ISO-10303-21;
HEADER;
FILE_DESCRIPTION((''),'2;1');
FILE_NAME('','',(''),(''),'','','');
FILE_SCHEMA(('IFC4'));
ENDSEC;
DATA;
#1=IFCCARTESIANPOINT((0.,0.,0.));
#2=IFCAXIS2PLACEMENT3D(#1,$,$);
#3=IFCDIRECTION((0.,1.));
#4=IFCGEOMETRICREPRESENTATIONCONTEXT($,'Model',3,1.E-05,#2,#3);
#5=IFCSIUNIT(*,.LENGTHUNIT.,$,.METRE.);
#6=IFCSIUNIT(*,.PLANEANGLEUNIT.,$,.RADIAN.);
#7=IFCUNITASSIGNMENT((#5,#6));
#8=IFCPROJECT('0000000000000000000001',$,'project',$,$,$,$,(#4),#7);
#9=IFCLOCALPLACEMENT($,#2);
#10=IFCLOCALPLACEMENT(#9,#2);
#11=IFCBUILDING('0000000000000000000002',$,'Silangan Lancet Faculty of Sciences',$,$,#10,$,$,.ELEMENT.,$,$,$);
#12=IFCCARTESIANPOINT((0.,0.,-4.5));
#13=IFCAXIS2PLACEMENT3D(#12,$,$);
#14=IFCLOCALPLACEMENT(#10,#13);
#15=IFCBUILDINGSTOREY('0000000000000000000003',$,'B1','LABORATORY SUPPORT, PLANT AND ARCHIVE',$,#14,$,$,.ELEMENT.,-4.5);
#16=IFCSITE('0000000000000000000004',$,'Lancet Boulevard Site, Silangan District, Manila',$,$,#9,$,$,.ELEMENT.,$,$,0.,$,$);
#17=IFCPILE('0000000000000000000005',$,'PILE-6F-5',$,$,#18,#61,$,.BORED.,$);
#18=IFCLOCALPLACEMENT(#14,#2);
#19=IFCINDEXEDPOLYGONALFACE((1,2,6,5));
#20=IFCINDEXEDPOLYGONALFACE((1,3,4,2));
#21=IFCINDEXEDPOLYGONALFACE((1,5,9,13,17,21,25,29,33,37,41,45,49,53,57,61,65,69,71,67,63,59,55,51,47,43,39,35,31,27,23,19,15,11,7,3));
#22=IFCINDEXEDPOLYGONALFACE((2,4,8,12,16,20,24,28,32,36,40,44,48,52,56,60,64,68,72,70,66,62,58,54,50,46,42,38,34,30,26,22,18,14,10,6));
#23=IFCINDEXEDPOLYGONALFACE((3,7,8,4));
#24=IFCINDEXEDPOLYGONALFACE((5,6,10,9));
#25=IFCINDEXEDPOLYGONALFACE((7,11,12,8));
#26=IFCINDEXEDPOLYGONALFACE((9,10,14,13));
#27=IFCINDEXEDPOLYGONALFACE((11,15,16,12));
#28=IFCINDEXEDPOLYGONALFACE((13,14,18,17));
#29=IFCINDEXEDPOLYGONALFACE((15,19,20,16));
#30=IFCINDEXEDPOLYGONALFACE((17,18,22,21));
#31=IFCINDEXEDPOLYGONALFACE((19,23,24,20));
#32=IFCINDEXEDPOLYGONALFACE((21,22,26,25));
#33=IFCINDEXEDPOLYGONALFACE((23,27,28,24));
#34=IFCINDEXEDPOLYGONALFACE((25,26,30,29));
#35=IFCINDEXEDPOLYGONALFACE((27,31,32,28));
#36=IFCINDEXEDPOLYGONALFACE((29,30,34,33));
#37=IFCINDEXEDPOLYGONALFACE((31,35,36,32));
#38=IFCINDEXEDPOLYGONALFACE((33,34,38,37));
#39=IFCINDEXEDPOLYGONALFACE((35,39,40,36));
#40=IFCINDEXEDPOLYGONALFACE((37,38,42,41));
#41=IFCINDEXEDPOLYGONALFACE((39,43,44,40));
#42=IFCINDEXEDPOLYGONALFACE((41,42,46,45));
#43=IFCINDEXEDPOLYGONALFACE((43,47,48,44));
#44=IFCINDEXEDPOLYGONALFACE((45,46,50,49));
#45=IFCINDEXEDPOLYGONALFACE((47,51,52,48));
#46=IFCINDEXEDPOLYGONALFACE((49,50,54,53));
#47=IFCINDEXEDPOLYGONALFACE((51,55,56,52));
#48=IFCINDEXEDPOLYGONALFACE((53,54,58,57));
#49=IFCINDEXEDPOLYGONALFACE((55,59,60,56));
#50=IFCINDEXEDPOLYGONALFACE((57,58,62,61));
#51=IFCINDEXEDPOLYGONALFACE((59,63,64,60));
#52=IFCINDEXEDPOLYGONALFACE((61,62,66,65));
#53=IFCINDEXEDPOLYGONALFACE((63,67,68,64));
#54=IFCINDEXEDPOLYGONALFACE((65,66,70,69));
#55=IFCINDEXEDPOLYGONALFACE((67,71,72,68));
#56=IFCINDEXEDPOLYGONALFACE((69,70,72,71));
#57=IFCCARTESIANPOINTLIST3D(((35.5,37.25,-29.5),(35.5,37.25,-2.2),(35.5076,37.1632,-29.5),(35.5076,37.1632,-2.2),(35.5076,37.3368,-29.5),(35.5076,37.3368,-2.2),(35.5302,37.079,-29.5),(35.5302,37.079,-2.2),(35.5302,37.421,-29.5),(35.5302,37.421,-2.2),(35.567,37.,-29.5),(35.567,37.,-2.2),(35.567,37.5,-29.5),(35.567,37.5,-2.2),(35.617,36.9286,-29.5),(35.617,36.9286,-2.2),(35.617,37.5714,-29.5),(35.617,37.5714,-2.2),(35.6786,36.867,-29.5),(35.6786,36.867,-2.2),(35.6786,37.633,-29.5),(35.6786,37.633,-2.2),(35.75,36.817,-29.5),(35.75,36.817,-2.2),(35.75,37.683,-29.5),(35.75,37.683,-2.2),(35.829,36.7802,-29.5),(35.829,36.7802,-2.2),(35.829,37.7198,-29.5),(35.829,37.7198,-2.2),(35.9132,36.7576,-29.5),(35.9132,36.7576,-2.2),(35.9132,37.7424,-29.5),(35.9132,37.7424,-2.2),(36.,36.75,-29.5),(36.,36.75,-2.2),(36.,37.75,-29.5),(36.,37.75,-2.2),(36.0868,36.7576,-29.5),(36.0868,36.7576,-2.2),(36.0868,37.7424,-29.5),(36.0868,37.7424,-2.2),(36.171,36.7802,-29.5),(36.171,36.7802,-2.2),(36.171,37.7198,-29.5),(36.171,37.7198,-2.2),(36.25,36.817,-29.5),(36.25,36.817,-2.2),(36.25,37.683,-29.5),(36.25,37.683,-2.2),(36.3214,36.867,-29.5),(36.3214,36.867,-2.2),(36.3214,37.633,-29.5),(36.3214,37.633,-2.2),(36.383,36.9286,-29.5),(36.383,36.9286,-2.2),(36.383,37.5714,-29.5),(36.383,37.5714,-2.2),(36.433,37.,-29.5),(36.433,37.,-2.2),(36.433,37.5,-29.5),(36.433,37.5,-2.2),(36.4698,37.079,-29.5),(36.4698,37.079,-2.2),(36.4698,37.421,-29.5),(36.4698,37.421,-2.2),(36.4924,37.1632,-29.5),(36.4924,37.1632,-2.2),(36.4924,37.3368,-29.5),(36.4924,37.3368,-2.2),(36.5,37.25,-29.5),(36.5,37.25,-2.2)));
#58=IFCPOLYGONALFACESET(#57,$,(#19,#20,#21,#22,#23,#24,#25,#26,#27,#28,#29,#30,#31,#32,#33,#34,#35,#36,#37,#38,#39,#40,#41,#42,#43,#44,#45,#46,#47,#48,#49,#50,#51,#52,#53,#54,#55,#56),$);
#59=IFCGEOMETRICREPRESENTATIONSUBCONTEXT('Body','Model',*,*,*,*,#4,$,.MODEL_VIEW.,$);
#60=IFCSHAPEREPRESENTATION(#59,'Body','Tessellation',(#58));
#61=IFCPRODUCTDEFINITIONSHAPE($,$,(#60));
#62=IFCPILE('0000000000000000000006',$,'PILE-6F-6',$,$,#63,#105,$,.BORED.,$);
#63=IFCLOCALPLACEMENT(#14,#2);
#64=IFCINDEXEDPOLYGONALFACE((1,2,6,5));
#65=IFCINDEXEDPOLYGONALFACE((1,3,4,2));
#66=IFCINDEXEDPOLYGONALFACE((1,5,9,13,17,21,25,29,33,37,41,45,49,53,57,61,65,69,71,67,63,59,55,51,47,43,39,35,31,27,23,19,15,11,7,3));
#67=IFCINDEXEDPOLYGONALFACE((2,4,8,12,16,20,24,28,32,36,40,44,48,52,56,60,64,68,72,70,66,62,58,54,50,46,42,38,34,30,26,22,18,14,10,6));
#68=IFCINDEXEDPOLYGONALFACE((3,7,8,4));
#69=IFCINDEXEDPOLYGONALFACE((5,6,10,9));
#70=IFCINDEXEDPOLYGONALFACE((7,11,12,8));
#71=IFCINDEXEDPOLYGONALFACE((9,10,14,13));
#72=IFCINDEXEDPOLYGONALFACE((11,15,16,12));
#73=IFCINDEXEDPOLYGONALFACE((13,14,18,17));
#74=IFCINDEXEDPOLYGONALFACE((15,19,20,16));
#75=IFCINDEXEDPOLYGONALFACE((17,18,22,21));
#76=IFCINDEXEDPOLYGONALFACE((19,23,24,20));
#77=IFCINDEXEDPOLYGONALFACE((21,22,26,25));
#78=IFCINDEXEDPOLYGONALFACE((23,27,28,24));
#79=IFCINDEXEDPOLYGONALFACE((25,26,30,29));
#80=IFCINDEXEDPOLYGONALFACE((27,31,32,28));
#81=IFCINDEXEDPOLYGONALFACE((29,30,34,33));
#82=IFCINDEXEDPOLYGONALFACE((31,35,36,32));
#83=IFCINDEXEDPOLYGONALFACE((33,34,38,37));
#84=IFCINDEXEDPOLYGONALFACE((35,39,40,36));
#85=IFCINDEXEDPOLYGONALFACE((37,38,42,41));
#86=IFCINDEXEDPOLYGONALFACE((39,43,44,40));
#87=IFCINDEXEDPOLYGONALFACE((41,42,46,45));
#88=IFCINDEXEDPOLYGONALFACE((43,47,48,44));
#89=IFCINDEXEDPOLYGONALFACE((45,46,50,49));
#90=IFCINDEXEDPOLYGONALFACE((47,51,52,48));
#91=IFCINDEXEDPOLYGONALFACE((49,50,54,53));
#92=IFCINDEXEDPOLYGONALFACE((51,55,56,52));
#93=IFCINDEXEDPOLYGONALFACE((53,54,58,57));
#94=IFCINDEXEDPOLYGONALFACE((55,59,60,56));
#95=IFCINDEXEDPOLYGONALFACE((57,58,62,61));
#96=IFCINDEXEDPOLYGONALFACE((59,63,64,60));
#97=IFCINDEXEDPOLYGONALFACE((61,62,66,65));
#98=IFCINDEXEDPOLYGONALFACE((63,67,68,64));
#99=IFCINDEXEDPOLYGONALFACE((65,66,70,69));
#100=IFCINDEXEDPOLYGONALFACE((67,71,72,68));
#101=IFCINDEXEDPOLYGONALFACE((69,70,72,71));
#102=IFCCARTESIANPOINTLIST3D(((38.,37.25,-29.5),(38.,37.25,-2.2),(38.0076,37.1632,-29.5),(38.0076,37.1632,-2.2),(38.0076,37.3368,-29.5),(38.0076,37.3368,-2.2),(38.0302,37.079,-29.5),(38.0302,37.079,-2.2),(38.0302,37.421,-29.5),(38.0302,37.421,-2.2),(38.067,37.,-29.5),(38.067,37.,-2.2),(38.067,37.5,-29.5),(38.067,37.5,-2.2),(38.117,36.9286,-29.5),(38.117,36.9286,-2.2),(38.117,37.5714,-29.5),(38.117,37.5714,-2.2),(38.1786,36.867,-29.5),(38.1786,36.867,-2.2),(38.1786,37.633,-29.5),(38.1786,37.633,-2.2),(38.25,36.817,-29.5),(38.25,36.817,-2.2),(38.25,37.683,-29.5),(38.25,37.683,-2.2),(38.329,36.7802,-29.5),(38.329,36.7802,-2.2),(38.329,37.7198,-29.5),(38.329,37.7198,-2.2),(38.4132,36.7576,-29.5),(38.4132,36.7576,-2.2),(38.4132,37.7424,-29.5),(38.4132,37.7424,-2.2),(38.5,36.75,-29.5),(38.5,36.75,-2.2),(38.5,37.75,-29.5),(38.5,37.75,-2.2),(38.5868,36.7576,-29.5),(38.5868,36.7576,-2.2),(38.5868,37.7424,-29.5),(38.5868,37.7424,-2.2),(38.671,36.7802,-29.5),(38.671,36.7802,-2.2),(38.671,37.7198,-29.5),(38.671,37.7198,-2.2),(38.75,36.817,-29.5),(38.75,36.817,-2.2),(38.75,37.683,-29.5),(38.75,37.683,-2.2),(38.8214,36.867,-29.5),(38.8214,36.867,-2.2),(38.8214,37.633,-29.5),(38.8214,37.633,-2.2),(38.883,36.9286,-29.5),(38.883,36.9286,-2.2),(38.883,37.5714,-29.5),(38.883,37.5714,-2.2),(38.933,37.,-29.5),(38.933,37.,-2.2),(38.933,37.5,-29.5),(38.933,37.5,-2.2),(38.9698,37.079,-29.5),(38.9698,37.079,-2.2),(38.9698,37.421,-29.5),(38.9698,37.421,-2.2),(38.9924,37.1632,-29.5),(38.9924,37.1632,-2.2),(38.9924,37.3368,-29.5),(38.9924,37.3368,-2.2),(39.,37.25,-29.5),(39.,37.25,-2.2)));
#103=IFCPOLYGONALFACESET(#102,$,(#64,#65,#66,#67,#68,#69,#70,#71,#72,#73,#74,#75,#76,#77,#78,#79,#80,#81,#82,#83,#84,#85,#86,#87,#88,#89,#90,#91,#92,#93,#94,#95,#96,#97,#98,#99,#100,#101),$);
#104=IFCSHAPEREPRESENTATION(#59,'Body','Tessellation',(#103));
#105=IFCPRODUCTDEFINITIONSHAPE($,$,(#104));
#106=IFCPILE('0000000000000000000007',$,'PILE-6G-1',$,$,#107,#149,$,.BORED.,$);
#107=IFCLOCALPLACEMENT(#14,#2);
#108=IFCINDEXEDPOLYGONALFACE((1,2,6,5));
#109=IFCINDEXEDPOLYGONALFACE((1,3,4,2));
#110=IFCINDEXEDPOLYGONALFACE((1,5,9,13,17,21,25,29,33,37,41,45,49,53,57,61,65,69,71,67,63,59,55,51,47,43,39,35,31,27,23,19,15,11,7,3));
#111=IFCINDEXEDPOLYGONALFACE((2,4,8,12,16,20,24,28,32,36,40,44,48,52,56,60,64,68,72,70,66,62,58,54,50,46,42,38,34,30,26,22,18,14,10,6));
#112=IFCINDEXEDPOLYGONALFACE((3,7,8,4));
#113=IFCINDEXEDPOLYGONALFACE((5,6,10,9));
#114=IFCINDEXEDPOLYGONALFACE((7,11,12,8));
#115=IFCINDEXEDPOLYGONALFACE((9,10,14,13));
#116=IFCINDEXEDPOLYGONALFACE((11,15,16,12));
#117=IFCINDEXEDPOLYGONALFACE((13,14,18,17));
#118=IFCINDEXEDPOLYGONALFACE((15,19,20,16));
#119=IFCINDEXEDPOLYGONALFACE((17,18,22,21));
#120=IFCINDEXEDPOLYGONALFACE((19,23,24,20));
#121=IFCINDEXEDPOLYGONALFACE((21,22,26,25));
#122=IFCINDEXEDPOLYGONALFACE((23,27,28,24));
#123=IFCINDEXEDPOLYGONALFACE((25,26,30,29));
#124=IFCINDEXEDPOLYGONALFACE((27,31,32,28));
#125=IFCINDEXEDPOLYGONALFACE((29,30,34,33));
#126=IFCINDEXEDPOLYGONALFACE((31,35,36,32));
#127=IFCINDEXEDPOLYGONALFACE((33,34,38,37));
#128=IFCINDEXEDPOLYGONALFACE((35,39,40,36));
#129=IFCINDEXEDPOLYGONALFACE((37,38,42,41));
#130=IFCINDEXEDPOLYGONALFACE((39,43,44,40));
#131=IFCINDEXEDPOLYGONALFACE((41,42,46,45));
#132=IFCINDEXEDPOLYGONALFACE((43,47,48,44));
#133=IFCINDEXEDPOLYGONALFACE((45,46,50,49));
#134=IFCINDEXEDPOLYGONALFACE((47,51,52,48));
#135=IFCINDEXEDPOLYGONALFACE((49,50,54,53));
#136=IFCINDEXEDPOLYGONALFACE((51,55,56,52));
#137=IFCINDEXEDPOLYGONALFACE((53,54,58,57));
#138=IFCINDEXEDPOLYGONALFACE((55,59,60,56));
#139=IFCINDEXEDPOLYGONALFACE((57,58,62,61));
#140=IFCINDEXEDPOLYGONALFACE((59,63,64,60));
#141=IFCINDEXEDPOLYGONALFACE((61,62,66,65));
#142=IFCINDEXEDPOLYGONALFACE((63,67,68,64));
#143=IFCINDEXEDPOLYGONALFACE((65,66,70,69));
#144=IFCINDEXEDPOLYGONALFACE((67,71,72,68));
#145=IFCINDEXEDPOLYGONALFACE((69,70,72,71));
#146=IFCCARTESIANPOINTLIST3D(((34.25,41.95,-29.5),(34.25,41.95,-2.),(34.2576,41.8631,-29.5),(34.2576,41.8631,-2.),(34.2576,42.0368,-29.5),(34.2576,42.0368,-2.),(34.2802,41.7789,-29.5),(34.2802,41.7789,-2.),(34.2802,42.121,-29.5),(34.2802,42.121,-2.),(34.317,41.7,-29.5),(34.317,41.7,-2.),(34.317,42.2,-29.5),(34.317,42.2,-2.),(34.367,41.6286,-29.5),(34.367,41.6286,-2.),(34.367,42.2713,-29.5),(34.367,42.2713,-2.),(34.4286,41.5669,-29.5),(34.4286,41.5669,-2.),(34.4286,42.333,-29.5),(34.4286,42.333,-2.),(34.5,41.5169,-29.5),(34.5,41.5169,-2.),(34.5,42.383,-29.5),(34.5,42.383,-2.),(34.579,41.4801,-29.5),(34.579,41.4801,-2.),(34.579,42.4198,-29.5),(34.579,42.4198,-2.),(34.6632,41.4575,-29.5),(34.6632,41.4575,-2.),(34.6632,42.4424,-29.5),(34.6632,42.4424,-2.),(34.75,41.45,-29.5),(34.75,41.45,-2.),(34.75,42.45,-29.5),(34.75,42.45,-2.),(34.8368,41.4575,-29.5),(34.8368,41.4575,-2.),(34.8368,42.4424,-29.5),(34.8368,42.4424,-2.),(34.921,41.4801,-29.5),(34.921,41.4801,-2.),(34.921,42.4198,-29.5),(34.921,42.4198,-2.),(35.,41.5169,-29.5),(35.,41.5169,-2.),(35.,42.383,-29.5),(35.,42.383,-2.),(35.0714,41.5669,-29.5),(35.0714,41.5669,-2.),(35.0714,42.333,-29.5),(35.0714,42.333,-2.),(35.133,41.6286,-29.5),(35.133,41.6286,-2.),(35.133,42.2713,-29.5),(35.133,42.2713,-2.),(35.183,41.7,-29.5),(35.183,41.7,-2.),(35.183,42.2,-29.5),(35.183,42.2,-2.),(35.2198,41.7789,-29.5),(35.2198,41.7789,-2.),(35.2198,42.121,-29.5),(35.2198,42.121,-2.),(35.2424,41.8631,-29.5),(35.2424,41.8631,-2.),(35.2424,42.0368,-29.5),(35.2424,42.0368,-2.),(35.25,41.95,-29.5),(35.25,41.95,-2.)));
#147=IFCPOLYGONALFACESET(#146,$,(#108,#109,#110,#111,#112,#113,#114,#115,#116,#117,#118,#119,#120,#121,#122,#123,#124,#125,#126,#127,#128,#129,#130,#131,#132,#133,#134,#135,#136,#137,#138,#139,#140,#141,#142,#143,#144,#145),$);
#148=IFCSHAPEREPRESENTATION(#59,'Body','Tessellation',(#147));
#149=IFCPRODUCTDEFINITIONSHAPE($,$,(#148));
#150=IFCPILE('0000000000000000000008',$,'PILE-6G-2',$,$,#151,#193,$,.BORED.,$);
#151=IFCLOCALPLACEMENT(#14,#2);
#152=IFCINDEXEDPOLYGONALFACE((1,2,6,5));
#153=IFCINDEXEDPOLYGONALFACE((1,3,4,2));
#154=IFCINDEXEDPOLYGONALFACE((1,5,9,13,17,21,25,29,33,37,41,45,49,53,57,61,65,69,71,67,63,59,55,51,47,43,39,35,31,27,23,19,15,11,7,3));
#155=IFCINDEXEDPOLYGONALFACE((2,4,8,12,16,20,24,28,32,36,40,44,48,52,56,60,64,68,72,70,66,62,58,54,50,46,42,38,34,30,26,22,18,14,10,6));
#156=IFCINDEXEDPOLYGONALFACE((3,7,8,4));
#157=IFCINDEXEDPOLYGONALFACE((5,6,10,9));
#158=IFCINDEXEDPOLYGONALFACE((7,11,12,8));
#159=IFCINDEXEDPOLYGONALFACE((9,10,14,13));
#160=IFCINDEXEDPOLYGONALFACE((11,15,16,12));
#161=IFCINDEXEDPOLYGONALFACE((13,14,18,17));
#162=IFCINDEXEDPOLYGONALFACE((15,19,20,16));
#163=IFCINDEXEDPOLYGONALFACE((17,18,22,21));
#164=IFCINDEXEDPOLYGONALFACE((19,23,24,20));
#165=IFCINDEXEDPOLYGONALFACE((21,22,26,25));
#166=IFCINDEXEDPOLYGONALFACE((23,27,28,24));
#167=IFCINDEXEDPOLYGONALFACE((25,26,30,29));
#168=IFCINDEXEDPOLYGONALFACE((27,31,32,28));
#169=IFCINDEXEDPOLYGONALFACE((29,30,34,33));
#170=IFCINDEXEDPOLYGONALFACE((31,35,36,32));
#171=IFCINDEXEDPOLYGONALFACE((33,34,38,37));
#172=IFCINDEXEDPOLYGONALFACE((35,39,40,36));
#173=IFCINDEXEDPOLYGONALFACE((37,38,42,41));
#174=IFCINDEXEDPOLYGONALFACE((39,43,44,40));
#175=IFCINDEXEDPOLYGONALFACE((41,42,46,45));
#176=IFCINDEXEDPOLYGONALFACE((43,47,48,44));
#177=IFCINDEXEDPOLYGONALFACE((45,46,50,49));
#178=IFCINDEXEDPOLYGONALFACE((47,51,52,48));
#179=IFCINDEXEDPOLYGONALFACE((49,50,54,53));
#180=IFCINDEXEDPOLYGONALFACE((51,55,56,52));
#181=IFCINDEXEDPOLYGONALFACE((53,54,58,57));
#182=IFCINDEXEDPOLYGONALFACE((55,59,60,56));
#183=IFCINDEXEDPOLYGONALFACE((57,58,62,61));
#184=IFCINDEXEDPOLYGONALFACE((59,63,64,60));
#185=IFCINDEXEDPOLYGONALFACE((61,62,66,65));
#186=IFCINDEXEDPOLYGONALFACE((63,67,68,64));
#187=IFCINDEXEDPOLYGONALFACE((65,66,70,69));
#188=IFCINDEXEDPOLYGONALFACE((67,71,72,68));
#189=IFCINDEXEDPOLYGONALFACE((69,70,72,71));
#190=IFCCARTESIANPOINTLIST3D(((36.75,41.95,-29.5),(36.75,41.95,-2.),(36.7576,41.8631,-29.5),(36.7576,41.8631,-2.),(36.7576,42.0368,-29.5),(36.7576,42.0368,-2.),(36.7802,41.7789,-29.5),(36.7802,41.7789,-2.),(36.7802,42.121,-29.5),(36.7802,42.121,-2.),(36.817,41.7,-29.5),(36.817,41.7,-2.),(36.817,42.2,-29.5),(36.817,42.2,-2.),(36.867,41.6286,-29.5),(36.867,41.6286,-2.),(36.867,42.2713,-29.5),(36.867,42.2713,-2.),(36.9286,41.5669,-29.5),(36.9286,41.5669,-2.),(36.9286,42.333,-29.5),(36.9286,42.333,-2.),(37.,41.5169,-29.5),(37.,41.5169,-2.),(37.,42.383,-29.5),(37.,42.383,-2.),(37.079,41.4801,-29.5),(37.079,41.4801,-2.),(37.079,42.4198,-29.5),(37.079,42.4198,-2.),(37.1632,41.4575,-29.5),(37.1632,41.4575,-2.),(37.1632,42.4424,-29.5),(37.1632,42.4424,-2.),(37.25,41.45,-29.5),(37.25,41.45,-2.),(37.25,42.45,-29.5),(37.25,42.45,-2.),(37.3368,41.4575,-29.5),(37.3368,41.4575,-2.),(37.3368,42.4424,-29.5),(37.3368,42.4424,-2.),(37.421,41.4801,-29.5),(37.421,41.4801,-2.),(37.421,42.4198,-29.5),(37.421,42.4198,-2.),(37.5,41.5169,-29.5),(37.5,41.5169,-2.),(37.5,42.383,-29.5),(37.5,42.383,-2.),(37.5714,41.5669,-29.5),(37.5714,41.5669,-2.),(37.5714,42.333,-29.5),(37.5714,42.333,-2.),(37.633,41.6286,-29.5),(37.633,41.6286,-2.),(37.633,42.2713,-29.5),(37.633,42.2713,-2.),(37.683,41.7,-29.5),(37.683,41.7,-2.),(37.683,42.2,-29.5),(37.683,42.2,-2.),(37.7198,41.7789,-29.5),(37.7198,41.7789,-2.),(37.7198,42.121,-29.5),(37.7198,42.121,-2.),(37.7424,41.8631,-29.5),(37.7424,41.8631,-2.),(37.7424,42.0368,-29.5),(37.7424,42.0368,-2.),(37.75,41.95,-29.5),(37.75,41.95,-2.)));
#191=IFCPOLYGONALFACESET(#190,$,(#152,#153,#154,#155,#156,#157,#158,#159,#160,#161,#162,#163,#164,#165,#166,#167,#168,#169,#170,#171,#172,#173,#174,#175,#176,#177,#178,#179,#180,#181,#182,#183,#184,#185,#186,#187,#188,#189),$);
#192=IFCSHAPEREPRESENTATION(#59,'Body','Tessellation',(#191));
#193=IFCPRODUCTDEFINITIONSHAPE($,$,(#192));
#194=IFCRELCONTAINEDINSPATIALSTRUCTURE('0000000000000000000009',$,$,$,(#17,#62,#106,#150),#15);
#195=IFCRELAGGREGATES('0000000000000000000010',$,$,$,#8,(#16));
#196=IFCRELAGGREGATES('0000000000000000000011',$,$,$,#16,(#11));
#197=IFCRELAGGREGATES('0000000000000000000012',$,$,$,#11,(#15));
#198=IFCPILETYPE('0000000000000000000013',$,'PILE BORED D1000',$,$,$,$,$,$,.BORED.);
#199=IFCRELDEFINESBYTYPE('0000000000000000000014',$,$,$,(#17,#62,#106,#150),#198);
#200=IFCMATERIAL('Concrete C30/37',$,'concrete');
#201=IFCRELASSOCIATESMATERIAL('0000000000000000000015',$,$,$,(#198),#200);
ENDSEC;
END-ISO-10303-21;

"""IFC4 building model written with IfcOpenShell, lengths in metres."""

from ifc_helpers import new_model, si_unit, direction, frame, origin, origin_2d, place, context, subcontext, project, spatial, circle, extrude, material, material_profile, profile_set, type_object, element, save


model = new_model("IFC4")

# Units and contexts
model_context = context("Model", 3, precision=1e-05, world=origin(), true_north=direction((0.0, 1.0)))
body_context = subcontext(model_context, "Body", "Model", "MODEL_VIEW")
ifc_project = project(units=[si_unit("LENGTHUNIT", "METRE"), si_unit("PLANEANGLEUNIT", "RADIAN")], contexts=[model_context])

# Site, building, storey
site_placement = place(None, origin())
site = spatial("IfcSite", under=ifc_project, at=site_placement, Name="Lancet Boulevard Site, Silangan District, Manila", CompositionType="ELEMENT", RefElevation=0.0)
building_placement = place(site_placement, origin())
building = spatial("IfcBuilding", under=site, at=building_placement, Name="Silangan Lancet Faculty of Sciences", CompositionType="ELEMENT")
storey_placement = place(building_placement, frame((0.0, 0.0, -4.5)))
storey = spatial("IfcBuildingStorey", under=building, at=storey_placement, Name="B1", Description="LABORATORY SUPPORT, PLANT AND ARCHIVE", CompositionType="ELEMENT", Elevation=-4.5)

# Piles
ifc_material_1 = material(Name="Concrete C30/37", Category="concrete")
ifc_material_profile_1 = material_profile(ifc_material_1, circle(Radius=0.5, at=origin_2d()), Name="BORED PILE D1000")
ifc_profile_set_1 = profile_set([ifc_material_profile_1], Name="Concrete C30/37")
pile_type = type_object("IfcPileType", Name="PILE BORED D1000", PredefinedType="BORED", material=ifc_profile_set_1)
for number, where, z_axis, x_axis, name in (
    (1, (36.0, 37.25, -2.2), (0.0, 0.0, -1.0), (1.0, 0.0, 0.0), "PILE-6F-5"),
    (2, (38.5, 37.25, -2.2), (0.0, 0.0, -1.0), (1.0, 0.0, 0.0), "PILE-6F-6"),
):
    element("IfcPile", number, at=place(storey_placement, frame(where, z_axis=z_axis, x_axis=x_axis)), inside=storey, type_object=pile_type, Name=name, PredefinedType="BORED", context=body_context, shape_type="SweptSolid", body=[
        extrude(circle(Radius=0.5, at=origin_2d()), origin(), (0.0, 0.0, 1.0), 27.3),
    ])
for number, where, z_axis, x_axis, name in (
    (3, (34.75, 41.95, -2.0), (0.0, 0.0, -1.0), (1.0, 0.0, 0.0), "PILE-6G-1"),
    (4, (37.25, 41.95, -2.0), (0.0, 0.0, -1.0), (1.0, 0.0, 0.0), "PILE-6G-2"),
):
    element("IfcPile", number, at=place(storey_placement, frame(where, z_axis=z_axis, x_axis=x_axis)), inside=storey, type_object=pile_type, Name=name, PredefinedType="BORED", context=body_context, shape_type="SweptSolid", body=[
        extrude(circle(Radius=0.5, at=origin_2d()), origin(), (0.0, 0.0, 1.0), 27.5),
    ])

save(model, "model.ifc")
